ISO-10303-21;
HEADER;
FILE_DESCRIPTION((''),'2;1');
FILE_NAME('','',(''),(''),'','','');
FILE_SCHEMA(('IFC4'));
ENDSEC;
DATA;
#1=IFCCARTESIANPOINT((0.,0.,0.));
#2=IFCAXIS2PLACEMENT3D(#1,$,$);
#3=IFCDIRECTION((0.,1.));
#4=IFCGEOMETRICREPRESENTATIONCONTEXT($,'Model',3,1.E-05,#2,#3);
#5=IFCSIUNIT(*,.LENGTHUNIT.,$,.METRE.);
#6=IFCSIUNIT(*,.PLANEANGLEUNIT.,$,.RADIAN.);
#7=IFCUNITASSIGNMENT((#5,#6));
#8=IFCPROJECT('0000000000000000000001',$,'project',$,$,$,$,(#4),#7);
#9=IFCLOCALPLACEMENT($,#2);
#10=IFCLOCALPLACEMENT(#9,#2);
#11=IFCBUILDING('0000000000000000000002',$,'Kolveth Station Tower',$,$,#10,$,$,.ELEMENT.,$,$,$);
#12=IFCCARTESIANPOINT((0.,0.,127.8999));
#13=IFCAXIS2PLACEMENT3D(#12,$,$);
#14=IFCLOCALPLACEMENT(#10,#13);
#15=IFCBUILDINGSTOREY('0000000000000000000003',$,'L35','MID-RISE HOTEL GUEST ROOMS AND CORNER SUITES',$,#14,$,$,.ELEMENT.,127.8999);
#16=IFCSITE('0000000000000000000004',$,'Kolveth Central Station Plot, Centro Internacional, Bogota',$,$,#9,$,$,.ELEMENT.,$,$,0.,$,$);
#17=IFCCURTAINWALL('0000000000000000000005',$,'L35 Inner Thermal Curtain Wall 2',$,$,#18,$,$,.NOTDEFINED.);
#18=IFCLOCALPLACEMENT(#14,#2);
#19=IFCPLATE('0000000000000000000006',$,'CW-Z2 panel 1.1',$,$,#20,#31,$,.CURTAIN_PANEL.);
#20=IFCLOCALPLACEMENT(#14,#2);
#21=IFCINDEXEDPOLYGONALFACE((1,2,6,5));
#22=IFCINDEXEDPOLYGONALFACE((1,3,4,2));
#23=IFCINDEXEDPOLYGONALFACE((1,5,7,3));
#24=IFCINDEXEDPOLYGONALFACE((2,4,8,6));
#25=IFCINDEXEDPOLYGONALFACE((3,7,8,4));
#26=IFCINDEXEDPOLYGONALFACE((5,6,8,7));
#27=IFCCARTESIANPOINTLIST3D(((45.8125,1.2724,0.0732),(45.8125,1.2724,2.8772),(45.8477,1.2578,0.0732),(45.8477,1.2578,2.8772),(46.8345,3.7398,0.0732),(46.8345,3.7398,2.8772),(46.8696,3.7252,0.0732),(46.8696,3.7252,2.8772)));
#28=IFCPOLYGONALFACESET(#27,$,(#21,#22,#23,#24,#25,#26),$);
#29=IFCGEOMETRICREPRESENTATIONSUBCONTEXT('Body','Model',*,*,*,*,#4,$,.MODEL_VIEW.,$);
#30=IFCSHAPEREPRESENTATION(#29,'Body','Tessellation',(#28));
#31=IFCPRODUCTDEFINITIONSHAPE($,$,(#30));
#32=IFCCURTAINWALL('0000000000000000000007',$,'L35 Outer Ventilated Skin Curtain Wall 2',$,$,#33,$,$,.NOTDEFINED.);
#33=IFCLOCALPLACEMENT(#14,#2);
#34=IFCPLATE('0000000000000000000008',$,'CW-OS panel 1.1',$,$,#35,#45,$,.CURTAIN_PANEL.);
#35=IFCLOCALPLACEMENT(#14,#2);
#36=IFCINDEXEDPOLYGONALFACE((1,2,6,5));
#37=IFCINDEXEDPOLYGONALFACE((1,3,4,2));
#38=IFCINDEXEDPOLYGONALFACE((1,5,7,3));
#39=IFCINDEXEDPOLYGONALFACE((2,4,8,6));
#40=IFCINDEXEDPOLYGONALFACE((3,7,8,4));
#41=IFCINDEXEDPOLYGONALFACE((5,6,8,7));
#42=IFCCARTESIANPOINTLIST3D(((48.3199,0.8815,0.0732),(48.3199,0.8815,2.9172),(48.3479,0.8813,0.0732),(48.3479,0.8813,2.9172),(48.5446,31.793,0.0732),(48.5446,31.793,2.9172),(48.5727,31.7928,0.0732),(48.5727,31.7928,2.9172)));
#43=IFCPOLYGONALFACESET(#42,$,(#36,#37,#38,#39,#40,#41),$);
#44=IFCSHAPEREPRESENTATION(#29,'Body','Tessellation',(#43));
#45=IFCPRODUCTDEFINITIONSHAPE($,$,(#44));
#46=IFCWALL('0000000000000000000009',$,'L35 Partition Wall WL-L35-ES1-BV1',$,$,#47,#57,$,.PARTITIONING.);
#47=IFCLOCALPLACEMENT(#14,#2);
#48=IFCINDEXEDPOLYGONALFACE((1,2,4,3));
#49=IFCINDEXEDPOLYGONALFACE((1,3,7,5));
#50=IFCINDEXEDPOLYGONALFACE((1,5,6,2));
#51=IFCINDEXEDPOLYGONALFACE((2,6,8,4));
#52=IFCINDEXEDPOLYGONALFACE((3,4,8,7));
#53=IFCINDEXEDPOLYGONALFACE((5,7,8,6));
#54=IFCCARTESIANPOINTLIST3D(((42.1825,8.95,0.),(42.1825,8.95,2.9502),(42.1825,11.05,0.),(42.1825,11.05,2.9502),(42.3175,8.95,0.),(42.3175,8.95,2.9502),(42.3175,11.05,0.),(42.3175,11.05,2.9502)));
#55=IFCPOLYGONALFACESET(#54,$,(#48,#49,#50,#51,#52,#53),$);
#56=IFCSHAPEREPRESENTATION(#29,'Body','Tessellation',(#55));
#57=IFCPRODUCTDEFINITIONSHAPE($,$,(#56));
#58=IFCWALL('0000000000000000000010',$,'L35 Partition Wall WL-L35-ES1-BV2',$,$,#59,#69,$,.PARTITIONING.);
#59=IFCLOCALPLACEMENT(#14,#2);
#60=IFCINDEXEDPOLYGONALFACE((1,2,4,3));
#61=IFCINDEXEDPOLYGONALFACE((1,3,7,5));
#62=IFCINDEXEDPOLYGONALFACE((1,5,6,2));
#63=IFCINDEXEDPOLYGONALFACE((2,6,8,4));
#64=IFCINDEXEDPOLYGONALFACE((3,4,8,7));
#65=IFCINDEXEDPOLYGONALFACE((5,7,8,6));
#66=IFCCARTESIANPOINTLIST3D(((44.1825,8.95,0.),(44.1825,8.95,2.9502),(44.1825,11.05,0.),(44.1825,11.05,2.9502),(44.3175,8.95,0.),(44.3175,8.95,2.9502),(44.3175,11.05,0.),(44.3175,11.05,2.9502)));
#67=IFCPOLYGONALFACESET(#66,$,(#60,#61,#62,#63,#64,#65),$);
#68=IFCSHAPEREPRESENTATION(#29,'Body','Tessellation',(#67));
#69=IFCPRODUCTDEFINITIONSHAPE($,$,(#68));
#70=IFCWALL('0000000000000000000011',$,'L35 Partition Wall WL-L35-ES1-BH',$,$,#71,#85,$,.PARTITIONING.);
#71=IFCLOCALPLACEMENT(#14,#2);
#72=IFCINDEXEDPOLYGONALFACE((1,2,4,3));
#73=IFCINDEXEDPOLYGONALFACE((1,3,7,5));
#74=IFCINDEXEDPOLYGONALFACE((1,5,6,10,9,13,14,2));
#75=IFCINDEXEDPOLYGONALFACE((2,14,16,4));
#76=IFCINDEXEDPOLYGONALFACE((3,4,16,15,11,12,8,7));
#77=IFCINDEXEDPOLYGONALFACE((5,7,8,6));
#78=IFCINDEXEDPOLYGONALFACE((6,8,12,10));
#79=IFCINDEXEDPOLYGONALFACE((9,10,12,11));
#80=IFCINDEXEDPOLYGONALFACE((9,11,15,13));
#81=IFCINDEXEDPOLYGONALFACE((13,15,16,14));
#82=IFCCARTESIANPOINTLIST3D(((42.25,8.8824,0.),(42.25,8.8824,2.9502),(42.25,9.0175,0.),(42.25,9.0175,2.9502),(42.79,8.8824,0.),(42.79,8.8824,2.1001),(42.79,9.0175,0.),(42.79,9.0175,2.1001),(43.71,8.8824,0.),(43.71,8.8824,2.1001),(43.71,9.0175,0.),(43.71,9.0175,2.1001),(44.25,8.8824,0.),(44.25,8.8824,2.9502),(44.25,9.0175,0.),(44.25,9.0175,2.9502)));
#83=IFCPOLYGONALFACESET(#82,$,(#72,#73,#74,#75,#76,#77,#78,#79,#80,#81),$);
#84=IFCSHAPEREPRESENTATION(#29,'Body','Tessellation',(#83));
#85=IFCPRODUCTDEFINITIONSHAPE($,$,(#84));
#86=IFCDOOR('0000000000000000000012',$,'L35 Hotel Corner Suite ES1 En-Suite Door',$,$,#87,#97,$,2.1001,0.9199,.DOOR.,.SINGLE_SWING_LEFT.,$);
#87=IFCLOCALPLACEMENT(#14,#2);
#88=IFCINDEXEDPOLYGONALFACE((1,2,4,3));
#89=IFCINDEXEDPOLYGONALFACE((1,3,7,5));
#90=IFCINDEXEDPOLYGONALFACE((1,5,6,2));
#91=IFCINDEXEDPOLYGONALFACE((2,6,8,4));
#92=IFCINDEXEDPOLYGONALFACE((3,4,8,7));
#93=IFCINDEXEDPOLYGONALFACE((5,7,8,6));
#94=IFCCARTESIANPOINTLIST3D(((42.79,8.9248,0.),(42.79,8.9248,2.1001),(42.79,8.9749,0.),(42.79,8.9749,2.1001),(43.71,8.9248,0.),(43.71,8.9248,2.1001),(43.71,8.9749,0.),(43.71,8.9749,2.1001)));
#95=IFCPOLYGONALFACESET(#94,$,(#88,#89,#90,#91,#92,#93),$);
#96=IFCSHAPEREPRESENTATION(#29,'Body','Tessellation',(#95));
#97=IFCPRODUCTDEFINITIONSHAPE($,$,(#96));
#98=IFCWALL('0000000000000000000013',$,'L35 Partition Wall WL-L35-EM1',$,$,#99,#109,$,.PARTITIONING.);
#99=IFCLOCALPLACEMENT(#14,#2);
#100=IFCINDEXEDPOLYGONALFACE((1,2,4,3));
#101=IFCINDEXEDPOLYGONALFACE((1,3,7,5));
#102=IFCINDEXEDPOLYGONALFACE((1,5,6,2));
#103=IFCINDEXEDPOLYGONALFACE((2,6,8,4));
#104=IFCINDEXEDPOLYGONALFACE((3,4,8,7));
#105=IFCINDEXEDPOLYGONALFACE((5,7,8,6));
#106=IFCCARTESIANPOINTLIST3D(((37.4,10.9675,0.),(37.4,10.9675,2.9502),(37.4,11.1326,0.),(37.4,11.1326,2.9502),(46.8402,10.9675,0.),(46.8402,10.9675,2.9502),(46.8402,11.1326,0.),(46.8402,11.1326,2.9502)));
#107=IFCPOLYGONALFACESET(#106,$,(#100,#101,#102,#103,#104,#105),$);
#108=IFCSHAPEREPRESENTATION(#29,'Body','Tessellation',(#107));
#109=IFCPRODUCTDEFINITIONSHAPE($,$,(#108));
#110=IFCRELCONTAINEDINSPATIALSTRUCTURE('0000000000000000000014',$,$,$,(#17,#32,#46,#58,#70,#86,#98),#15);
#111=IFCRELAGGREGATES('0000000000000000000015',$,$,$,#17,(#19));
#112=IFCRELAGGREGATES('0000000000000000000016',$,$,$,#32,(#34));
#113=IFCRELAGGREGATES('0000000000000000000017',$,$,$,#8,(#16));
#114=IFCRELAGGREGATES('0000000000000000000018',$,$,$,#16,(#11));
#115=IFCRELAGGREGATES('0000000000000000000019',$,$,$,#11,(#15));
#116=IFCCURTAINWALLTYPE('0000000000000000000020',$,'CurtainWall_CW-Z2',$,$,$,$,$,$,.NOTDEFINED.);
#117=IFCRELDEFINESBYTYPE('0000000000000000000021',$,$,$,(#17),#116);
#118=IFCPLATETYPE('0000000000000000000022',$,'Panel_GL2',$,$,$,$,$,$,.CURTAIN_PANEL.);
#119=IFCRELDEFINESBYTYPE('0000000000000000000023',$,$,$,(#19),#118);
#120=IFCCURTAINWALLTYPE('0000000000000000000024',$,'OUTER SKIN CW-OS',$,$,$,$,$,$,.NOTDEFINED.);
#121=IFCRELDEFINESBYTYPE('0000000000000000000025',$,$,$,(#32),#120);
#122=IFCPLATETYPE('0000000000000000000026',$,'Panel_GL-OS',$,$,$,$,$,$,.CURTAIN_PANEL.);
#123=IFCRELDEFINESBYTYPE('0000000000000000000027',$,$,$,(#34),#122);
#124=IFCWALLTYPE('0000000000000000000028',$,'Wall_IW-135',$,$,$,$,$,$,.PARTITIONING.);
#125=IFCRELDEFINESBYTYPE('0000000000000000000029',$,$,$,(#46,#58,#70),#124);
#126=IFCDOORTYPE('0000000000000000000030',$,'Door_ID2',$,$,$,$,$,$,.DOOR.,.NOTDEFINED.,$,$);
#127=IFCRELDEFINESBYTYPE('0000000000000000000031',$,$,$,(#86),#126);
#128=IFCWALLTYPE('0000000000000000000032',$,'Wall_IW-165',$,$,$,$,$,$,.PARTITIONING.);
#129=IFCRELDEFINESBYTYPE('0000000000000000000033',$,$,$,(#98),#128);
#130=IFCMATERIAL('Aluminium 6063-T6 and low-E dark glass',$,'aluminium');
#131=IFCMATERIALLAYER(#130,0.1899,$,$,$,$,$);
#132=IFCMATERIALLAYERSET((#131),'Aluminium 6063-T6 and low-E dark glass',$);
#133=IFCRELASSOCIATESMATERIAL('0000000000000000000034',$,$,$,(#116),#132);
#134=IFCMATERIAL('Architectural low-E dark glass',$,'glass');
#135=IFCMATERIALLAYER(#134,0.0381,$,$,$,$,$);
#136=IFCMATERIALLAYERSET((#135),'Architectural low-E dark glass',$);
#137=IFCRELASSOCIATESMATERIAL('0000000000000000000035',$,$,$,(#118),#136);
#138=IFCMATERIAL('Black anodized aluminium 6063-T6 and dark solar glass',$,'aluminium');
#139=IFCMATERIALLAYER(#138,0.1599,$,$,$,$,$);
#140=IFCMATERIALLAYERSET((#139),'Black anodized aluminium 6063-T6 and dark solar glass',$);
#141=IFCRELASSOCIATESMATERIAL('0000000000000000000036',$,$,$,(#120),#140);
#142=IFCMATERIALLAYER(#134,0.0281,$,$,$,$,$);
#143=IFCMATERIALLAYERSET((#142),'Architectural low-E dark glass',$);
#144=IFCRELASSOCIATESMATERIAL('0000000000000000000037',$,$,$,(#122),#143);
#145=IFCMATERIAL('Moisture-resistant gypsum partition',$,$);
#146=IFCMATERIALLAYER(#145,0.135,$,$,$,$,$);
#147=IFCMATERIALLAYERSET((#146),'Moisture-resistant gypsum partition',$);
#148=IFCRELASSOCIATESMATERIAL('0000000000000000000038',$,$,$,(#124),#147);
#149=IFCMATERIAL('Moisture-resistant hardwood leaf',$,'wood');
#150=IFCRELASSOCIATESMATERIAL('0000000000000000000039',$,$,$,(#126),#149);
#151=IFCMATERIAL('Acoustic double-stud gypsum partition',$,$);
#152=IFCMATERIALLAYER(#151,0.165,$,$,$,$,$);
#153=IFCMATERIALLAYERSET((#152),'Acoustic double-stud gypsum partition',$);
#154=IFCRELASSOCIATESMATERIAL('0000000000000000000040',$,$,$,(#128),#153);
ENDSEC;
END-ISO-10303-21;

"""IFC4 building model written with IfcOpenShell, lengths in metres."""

from ifc_helpers import new_model, si_unit, direction, frame, frame_2d, origin, origin_2d, place, context, subcontext, project, spatial, rectangle, extrude, source, transform, mapped, material, layer, layer_set, type_object, element, fill, aggregate, save


model = new_model("IFC4")

# Units and contexts
model_context = context("Model", 3, precision=1e-05, world=origin(), true_north=direction((0.0, 1.0)))
body_context = subcontext(model_context, "Body", "Model", "MODEL_VIEW")
ifc_project = project(units=[si_unit("LENGTHUNIT", "METRE"), si_unit("PLANEANGLEUNIT", "RADIAN")], contexts=[model_context])

# Site, building, storey
site_placement = place(None, origin())
site = spatial("IfcSite", under=ifc_project, at=site_placement, Name="Kolveth Central Station Plot, Centro Internacional, Bogota", CompositionType="ELEMENT", RefElevation=0.0)
building_placement = place(site_placement, origin())
building = spatial("IfcBuilding", under=site, at=building_placement, Name="Kolveth Station Tower", CompositionType="ELEMENT")
storey_placement = place(building_placement, frame((0.0, 0.0, 127.8999)))
storey = spatial("IfcBuildingStorey", under=building, at=storey_placement, Name="L35", Description="MID-RISE HOTEL GUEST ROOMS AND CORNER SUITES", CompositionType="ELEMENT", Elevation=127.8999)

# Curtain wall
ifc_material_1 = material(Name="Aluminium 6063-T6 and low-E dark glass", Category="aluminium")
ifc_layer_1 = layer(ifc_material_1, 0.1899)
ifc_layer_set_1 = layer_set([ifc_layer_1], Name="Aluminium 6063-T6 and low-E dark glass")
curtain_wall_type_1 = type_object("IfcCurtainWallType", Name="CurtainWall_CW-Z2", PredefinedType="NOTDEFINED", material=ifc_layer_set_1)
curtain_wall_1_placement = place(storey_placement, origin())
curtain_wall_1 = element("IfcCurtainWall", 1, at=curtain_wall_1_placement, inside=storey, type_object=curtain_wall_type_1, Name="L35 Inner Thermal Curtain Wall 2", PredefinedType="NOTDEFINED")

# Plate
ifc_material_2 = material(Name="Architectural low-E dark glass", Category="glass")
ifc_layer_2 = layer(ifc_material_2, 0.0381)
ifc_layer_set_2 = layer_set([ifc_layer_2], Name="Architectural low-E dark glass")
plate_type_1 = type_object("IfcPlateType", Name="Panel_GL2", PredefinedType="CURTAIN_PANEL", material=ifc_layer_set_2)
shared_shape_1 = source(origin(), body_context, "Body", "SweptSolid", [
    extrude(rectangle(XDim=2.6707, YDim=0.0381, at=origin_2d()), origin(), (0.0, 0.0, 1.0), 2.804),
])
plate_1_placement = place(storey_placement, frame((46.3411, 2.4988, 0.0732), z_axis=(0.0, 0.0, 1.0), x_axis=(0.382663, 0.923888, 0.0)))
plate_1 = element("IfcPlate", 2, at=plate_1_placement, type_object=plate_type_1, Name="CW-Z2 panel 1.1", PredefinedType="CURTAIN_PANEL", context=body_context, shape_type="MappedRepresentation", body=[
    mapped(shared_shape_1, transform((0.0, 0.0, 0.0), x_axis=(1.0, 0.0, 0.0), y_axis=(0.0, 1.0, 0.0), z_axis=(0.0, 0.0, 1.0), scale=1.0)),
])
aggregate(curtain_wall_1, [plate_1])

# Curtain wall, plate
ifc_material_3 = material(Name="Black anodized aluminium 6063-T6 and dark solar glass", Category="aluminium")
ifc_layer_3 = layer(ifc_material_3, 0.1599)
ifc_layer_set_3 = layer_set([ifc_layer_3], Name="Black anodized aluminium 6063-T6 and dark solar glass")
curtain_wall_type_2 = type_object("IfcCurtainWallType", Name="OUTER SKIN CW-OS", PredefinedType="NOTDEFINED", material=ifc_layer_set_3)
curtain_wall_2_placement = place(storey_placement, origin())
curtain_wall_2 = element("IfcCurtainWall", 3, at=curtain_wall_2_placement, inside=storey, type_object=curtain_wall_type_2, Name="L35 Outer Ventilated Skin Curtain Wall 2", PredefinedType="NOTDEFINED")
ifc_layer_4 = layer(ifc_material_2, 0.0281)
ifc_layer_set_4 = layer_set([ifc_layer_4], Name="Architectural low-E dark glass")
plate_type_2 = type_object("IfcPlateType", Name="Panel_GL-OS", PredefinedType="CURTAIN_PANEL", material=ifc_layer_set_4)
shared_shape_2 = source(origin(), body_context, "Body", "SweptSolid", [
    extrude(rectangle(XDim=30.9124, YDim=0.0281, at=origin_2d()), origin(), (0.0, 0.0, 1.0), 2.844),
])
plate_2_placement = place(storey_placement, frame((48.4463, 16.3372, 0.0732), z_axis=(0.0, 0.0, 1.0), x_axis=(0.007272, 0.999974, 0.0)))
plate_2 = element("IfcPlate", 4, at=plate_2_placement, type_object=plate_type_2, Name="CW-OS panel 1.1", PredefinedType="CURTAIN_PANEL", context=body_context, shape_type="MappedRepresentation", body=[
    mapped(shared_shape_2, transform((0.0, 0.0, 0.0), x_axis=(1.0, 0.0, 0.0), y_axis=(0.0, 1.0, 0.0), z_axis=(0.0, 0.0, 1.0), scale=1.0)),
])
aggregate(curtain_wall_2, [plate_2])

# Walls
ifc_material_4 = material(Name="Moisture-resistant gypsum partition")
ifc_layer_5 = layer(ifc_material_4, 0.135)
ifc_layer_set_5 = layer_set([ifc_layer_5], Name="Moisture-resistant gypsum partition")
wall_type_1 = type_object("IfcWallType", Name="Wall_IW-135", PredefinedType="PARTITIONING", material=ifc_layer_set_5)
for number, where, z_axis, x_axis, name in (
    (5, (42.25, 8.95, 0.0), (0.0, 0.0, 1.0), (0.0, 1.0, 0.0), "L35 Partition Wall WL-L35-ES1-BV1"),
    (6, (44.25, 8.95, 0.0), (0.0, 0.0, 1.0), (0.0, 1.0, 0.0), "L35 Partition Wall WL-L35-ES1-BV2"),
):
    element("IfcWall", number, at=place(storey_placement, frame(where, z_axis=z_axis, x_axis=x_axis)), inside=storey, type_object=wall_type_1, Name=name, PredefinedType="PARTITIONING", context=body_context, shape_type="SweptSolid", body=[
        extrude(rectangle(XDim=2.1001, YDim=0.135, at=frame_2d((1.05, 0.0))), origin(), (0.0, 0.0, 1.0), 2.9502),
    ])

# Wall, opening, door
wall_1_placement = place(storey_placement, frame((42.25, 8.95, 0.0), z_axis=(0.0, 0.0, 1.0), x_axis=(1.0, 0.0, 0.0)))
wall_1 = element("IfcWall", 7, at=wall_1_placement, inside=storey, type_object=wall_type_1, Name="L35 Partition Wall WL-L35-ES1-BH", PredefinedType="PARTITIONING", context=body_context, shape_type="SweptSolid", body=[
    extrude(rectangle(XDim=2.0, YDim=0.135, at=frame_2d((1.0, 0.0))), origin(), (0.0, 0.0, 1.0), 2.9502),
])
opening_placement = place(wall_1_placement, frame((0.54, 0.0, 0.0)))
opening = element("IfcOpeningElement", 8, at=opening_placement, cuts=wall_1, PredefinedType="OPENING", context=body_context, shape_type="SweptSolid", body=[
    extrude(rectangle(XDim=0.9199, YDim=2.1001, at=frame_2d((0.46, 1.05))), frame((0.0, 0.0774, 0.0), z_axis=(0.0, -1.0, 0.0), x_axis=(1.0, 0.0, 0.0)), (0.0, 0.0, 1.0), 0.155),
])
ifc_material_5 = material(Name="Moisture-resistant hardwood leaf", Category="wood")
door_type = type_object("IfcDoorType", Name="Door_ID2", OperationType="NOTDEFINED", PredefinedType="DOOR", material=ifc_material_5)
door_placement = place(opening_placement, origin())
door = element("IfcDoor", 9, at=door_placement, inside=storey, type_object=door_type, Name="L35 Hotel Corner Suite ES1 En-Suite Door", OperationType="SINGLE_SWING_LEFT", OverallHeight=2.1001, OverallWidth=0.9199, PredefinedType="DOOR", context=body_context, shape_type="SweptSolid", body=[
    extrude(rectangle(XDim=0.9199, YDim=2.1001, at=frame_2d((0.46, 1.05))), frame((0.0, 0.0249, 0.0), z_axis=(0.0, -1.0, 0.0), x_axis=(1.0, 0.0, 0.0)), (0.0, 0.0, 1.0), 0.05),
])
fill(opening, door)

# Wall
ifc_material_6 = material(Name="Acoustic double-stud gypsum partition")
ifc_layer_6 = layer(ifc_material_6, 0.165)
ifc_layer_set_6 = layer_set([ifc_layer_6], Name="Acoustic double-stud gypsum partition")
wall_type_2 = type_object("IfcWallType", Name="Wall_IW-165", PredefinedType="PARTITIONING", material=ifc_layer_set_6)
wall_2_placement = place(storey_placement, frame((37.3999, 11.05, 0.0), z_axis=(0.0, 0.0, 1.0), x_axis=(1.0, 0.0, 0.0)))
element("IfcWall", 10, at=wall_2_placement, inside=storey, type_object=wall_type_2, Name="L35 Partition Wall WL-L35-EM1", PredefinedType="PARTITIONING", context=body_context, shape_type="SweptSolid", body=[
    extrude(rectangle(XDim=9.4402, YDim=0.165, at=frame_2d((4.7202, 0.0))), origin(), (0.0, 0.0, 1.0), 2.9502),
])

save(model, "model.ifc")
